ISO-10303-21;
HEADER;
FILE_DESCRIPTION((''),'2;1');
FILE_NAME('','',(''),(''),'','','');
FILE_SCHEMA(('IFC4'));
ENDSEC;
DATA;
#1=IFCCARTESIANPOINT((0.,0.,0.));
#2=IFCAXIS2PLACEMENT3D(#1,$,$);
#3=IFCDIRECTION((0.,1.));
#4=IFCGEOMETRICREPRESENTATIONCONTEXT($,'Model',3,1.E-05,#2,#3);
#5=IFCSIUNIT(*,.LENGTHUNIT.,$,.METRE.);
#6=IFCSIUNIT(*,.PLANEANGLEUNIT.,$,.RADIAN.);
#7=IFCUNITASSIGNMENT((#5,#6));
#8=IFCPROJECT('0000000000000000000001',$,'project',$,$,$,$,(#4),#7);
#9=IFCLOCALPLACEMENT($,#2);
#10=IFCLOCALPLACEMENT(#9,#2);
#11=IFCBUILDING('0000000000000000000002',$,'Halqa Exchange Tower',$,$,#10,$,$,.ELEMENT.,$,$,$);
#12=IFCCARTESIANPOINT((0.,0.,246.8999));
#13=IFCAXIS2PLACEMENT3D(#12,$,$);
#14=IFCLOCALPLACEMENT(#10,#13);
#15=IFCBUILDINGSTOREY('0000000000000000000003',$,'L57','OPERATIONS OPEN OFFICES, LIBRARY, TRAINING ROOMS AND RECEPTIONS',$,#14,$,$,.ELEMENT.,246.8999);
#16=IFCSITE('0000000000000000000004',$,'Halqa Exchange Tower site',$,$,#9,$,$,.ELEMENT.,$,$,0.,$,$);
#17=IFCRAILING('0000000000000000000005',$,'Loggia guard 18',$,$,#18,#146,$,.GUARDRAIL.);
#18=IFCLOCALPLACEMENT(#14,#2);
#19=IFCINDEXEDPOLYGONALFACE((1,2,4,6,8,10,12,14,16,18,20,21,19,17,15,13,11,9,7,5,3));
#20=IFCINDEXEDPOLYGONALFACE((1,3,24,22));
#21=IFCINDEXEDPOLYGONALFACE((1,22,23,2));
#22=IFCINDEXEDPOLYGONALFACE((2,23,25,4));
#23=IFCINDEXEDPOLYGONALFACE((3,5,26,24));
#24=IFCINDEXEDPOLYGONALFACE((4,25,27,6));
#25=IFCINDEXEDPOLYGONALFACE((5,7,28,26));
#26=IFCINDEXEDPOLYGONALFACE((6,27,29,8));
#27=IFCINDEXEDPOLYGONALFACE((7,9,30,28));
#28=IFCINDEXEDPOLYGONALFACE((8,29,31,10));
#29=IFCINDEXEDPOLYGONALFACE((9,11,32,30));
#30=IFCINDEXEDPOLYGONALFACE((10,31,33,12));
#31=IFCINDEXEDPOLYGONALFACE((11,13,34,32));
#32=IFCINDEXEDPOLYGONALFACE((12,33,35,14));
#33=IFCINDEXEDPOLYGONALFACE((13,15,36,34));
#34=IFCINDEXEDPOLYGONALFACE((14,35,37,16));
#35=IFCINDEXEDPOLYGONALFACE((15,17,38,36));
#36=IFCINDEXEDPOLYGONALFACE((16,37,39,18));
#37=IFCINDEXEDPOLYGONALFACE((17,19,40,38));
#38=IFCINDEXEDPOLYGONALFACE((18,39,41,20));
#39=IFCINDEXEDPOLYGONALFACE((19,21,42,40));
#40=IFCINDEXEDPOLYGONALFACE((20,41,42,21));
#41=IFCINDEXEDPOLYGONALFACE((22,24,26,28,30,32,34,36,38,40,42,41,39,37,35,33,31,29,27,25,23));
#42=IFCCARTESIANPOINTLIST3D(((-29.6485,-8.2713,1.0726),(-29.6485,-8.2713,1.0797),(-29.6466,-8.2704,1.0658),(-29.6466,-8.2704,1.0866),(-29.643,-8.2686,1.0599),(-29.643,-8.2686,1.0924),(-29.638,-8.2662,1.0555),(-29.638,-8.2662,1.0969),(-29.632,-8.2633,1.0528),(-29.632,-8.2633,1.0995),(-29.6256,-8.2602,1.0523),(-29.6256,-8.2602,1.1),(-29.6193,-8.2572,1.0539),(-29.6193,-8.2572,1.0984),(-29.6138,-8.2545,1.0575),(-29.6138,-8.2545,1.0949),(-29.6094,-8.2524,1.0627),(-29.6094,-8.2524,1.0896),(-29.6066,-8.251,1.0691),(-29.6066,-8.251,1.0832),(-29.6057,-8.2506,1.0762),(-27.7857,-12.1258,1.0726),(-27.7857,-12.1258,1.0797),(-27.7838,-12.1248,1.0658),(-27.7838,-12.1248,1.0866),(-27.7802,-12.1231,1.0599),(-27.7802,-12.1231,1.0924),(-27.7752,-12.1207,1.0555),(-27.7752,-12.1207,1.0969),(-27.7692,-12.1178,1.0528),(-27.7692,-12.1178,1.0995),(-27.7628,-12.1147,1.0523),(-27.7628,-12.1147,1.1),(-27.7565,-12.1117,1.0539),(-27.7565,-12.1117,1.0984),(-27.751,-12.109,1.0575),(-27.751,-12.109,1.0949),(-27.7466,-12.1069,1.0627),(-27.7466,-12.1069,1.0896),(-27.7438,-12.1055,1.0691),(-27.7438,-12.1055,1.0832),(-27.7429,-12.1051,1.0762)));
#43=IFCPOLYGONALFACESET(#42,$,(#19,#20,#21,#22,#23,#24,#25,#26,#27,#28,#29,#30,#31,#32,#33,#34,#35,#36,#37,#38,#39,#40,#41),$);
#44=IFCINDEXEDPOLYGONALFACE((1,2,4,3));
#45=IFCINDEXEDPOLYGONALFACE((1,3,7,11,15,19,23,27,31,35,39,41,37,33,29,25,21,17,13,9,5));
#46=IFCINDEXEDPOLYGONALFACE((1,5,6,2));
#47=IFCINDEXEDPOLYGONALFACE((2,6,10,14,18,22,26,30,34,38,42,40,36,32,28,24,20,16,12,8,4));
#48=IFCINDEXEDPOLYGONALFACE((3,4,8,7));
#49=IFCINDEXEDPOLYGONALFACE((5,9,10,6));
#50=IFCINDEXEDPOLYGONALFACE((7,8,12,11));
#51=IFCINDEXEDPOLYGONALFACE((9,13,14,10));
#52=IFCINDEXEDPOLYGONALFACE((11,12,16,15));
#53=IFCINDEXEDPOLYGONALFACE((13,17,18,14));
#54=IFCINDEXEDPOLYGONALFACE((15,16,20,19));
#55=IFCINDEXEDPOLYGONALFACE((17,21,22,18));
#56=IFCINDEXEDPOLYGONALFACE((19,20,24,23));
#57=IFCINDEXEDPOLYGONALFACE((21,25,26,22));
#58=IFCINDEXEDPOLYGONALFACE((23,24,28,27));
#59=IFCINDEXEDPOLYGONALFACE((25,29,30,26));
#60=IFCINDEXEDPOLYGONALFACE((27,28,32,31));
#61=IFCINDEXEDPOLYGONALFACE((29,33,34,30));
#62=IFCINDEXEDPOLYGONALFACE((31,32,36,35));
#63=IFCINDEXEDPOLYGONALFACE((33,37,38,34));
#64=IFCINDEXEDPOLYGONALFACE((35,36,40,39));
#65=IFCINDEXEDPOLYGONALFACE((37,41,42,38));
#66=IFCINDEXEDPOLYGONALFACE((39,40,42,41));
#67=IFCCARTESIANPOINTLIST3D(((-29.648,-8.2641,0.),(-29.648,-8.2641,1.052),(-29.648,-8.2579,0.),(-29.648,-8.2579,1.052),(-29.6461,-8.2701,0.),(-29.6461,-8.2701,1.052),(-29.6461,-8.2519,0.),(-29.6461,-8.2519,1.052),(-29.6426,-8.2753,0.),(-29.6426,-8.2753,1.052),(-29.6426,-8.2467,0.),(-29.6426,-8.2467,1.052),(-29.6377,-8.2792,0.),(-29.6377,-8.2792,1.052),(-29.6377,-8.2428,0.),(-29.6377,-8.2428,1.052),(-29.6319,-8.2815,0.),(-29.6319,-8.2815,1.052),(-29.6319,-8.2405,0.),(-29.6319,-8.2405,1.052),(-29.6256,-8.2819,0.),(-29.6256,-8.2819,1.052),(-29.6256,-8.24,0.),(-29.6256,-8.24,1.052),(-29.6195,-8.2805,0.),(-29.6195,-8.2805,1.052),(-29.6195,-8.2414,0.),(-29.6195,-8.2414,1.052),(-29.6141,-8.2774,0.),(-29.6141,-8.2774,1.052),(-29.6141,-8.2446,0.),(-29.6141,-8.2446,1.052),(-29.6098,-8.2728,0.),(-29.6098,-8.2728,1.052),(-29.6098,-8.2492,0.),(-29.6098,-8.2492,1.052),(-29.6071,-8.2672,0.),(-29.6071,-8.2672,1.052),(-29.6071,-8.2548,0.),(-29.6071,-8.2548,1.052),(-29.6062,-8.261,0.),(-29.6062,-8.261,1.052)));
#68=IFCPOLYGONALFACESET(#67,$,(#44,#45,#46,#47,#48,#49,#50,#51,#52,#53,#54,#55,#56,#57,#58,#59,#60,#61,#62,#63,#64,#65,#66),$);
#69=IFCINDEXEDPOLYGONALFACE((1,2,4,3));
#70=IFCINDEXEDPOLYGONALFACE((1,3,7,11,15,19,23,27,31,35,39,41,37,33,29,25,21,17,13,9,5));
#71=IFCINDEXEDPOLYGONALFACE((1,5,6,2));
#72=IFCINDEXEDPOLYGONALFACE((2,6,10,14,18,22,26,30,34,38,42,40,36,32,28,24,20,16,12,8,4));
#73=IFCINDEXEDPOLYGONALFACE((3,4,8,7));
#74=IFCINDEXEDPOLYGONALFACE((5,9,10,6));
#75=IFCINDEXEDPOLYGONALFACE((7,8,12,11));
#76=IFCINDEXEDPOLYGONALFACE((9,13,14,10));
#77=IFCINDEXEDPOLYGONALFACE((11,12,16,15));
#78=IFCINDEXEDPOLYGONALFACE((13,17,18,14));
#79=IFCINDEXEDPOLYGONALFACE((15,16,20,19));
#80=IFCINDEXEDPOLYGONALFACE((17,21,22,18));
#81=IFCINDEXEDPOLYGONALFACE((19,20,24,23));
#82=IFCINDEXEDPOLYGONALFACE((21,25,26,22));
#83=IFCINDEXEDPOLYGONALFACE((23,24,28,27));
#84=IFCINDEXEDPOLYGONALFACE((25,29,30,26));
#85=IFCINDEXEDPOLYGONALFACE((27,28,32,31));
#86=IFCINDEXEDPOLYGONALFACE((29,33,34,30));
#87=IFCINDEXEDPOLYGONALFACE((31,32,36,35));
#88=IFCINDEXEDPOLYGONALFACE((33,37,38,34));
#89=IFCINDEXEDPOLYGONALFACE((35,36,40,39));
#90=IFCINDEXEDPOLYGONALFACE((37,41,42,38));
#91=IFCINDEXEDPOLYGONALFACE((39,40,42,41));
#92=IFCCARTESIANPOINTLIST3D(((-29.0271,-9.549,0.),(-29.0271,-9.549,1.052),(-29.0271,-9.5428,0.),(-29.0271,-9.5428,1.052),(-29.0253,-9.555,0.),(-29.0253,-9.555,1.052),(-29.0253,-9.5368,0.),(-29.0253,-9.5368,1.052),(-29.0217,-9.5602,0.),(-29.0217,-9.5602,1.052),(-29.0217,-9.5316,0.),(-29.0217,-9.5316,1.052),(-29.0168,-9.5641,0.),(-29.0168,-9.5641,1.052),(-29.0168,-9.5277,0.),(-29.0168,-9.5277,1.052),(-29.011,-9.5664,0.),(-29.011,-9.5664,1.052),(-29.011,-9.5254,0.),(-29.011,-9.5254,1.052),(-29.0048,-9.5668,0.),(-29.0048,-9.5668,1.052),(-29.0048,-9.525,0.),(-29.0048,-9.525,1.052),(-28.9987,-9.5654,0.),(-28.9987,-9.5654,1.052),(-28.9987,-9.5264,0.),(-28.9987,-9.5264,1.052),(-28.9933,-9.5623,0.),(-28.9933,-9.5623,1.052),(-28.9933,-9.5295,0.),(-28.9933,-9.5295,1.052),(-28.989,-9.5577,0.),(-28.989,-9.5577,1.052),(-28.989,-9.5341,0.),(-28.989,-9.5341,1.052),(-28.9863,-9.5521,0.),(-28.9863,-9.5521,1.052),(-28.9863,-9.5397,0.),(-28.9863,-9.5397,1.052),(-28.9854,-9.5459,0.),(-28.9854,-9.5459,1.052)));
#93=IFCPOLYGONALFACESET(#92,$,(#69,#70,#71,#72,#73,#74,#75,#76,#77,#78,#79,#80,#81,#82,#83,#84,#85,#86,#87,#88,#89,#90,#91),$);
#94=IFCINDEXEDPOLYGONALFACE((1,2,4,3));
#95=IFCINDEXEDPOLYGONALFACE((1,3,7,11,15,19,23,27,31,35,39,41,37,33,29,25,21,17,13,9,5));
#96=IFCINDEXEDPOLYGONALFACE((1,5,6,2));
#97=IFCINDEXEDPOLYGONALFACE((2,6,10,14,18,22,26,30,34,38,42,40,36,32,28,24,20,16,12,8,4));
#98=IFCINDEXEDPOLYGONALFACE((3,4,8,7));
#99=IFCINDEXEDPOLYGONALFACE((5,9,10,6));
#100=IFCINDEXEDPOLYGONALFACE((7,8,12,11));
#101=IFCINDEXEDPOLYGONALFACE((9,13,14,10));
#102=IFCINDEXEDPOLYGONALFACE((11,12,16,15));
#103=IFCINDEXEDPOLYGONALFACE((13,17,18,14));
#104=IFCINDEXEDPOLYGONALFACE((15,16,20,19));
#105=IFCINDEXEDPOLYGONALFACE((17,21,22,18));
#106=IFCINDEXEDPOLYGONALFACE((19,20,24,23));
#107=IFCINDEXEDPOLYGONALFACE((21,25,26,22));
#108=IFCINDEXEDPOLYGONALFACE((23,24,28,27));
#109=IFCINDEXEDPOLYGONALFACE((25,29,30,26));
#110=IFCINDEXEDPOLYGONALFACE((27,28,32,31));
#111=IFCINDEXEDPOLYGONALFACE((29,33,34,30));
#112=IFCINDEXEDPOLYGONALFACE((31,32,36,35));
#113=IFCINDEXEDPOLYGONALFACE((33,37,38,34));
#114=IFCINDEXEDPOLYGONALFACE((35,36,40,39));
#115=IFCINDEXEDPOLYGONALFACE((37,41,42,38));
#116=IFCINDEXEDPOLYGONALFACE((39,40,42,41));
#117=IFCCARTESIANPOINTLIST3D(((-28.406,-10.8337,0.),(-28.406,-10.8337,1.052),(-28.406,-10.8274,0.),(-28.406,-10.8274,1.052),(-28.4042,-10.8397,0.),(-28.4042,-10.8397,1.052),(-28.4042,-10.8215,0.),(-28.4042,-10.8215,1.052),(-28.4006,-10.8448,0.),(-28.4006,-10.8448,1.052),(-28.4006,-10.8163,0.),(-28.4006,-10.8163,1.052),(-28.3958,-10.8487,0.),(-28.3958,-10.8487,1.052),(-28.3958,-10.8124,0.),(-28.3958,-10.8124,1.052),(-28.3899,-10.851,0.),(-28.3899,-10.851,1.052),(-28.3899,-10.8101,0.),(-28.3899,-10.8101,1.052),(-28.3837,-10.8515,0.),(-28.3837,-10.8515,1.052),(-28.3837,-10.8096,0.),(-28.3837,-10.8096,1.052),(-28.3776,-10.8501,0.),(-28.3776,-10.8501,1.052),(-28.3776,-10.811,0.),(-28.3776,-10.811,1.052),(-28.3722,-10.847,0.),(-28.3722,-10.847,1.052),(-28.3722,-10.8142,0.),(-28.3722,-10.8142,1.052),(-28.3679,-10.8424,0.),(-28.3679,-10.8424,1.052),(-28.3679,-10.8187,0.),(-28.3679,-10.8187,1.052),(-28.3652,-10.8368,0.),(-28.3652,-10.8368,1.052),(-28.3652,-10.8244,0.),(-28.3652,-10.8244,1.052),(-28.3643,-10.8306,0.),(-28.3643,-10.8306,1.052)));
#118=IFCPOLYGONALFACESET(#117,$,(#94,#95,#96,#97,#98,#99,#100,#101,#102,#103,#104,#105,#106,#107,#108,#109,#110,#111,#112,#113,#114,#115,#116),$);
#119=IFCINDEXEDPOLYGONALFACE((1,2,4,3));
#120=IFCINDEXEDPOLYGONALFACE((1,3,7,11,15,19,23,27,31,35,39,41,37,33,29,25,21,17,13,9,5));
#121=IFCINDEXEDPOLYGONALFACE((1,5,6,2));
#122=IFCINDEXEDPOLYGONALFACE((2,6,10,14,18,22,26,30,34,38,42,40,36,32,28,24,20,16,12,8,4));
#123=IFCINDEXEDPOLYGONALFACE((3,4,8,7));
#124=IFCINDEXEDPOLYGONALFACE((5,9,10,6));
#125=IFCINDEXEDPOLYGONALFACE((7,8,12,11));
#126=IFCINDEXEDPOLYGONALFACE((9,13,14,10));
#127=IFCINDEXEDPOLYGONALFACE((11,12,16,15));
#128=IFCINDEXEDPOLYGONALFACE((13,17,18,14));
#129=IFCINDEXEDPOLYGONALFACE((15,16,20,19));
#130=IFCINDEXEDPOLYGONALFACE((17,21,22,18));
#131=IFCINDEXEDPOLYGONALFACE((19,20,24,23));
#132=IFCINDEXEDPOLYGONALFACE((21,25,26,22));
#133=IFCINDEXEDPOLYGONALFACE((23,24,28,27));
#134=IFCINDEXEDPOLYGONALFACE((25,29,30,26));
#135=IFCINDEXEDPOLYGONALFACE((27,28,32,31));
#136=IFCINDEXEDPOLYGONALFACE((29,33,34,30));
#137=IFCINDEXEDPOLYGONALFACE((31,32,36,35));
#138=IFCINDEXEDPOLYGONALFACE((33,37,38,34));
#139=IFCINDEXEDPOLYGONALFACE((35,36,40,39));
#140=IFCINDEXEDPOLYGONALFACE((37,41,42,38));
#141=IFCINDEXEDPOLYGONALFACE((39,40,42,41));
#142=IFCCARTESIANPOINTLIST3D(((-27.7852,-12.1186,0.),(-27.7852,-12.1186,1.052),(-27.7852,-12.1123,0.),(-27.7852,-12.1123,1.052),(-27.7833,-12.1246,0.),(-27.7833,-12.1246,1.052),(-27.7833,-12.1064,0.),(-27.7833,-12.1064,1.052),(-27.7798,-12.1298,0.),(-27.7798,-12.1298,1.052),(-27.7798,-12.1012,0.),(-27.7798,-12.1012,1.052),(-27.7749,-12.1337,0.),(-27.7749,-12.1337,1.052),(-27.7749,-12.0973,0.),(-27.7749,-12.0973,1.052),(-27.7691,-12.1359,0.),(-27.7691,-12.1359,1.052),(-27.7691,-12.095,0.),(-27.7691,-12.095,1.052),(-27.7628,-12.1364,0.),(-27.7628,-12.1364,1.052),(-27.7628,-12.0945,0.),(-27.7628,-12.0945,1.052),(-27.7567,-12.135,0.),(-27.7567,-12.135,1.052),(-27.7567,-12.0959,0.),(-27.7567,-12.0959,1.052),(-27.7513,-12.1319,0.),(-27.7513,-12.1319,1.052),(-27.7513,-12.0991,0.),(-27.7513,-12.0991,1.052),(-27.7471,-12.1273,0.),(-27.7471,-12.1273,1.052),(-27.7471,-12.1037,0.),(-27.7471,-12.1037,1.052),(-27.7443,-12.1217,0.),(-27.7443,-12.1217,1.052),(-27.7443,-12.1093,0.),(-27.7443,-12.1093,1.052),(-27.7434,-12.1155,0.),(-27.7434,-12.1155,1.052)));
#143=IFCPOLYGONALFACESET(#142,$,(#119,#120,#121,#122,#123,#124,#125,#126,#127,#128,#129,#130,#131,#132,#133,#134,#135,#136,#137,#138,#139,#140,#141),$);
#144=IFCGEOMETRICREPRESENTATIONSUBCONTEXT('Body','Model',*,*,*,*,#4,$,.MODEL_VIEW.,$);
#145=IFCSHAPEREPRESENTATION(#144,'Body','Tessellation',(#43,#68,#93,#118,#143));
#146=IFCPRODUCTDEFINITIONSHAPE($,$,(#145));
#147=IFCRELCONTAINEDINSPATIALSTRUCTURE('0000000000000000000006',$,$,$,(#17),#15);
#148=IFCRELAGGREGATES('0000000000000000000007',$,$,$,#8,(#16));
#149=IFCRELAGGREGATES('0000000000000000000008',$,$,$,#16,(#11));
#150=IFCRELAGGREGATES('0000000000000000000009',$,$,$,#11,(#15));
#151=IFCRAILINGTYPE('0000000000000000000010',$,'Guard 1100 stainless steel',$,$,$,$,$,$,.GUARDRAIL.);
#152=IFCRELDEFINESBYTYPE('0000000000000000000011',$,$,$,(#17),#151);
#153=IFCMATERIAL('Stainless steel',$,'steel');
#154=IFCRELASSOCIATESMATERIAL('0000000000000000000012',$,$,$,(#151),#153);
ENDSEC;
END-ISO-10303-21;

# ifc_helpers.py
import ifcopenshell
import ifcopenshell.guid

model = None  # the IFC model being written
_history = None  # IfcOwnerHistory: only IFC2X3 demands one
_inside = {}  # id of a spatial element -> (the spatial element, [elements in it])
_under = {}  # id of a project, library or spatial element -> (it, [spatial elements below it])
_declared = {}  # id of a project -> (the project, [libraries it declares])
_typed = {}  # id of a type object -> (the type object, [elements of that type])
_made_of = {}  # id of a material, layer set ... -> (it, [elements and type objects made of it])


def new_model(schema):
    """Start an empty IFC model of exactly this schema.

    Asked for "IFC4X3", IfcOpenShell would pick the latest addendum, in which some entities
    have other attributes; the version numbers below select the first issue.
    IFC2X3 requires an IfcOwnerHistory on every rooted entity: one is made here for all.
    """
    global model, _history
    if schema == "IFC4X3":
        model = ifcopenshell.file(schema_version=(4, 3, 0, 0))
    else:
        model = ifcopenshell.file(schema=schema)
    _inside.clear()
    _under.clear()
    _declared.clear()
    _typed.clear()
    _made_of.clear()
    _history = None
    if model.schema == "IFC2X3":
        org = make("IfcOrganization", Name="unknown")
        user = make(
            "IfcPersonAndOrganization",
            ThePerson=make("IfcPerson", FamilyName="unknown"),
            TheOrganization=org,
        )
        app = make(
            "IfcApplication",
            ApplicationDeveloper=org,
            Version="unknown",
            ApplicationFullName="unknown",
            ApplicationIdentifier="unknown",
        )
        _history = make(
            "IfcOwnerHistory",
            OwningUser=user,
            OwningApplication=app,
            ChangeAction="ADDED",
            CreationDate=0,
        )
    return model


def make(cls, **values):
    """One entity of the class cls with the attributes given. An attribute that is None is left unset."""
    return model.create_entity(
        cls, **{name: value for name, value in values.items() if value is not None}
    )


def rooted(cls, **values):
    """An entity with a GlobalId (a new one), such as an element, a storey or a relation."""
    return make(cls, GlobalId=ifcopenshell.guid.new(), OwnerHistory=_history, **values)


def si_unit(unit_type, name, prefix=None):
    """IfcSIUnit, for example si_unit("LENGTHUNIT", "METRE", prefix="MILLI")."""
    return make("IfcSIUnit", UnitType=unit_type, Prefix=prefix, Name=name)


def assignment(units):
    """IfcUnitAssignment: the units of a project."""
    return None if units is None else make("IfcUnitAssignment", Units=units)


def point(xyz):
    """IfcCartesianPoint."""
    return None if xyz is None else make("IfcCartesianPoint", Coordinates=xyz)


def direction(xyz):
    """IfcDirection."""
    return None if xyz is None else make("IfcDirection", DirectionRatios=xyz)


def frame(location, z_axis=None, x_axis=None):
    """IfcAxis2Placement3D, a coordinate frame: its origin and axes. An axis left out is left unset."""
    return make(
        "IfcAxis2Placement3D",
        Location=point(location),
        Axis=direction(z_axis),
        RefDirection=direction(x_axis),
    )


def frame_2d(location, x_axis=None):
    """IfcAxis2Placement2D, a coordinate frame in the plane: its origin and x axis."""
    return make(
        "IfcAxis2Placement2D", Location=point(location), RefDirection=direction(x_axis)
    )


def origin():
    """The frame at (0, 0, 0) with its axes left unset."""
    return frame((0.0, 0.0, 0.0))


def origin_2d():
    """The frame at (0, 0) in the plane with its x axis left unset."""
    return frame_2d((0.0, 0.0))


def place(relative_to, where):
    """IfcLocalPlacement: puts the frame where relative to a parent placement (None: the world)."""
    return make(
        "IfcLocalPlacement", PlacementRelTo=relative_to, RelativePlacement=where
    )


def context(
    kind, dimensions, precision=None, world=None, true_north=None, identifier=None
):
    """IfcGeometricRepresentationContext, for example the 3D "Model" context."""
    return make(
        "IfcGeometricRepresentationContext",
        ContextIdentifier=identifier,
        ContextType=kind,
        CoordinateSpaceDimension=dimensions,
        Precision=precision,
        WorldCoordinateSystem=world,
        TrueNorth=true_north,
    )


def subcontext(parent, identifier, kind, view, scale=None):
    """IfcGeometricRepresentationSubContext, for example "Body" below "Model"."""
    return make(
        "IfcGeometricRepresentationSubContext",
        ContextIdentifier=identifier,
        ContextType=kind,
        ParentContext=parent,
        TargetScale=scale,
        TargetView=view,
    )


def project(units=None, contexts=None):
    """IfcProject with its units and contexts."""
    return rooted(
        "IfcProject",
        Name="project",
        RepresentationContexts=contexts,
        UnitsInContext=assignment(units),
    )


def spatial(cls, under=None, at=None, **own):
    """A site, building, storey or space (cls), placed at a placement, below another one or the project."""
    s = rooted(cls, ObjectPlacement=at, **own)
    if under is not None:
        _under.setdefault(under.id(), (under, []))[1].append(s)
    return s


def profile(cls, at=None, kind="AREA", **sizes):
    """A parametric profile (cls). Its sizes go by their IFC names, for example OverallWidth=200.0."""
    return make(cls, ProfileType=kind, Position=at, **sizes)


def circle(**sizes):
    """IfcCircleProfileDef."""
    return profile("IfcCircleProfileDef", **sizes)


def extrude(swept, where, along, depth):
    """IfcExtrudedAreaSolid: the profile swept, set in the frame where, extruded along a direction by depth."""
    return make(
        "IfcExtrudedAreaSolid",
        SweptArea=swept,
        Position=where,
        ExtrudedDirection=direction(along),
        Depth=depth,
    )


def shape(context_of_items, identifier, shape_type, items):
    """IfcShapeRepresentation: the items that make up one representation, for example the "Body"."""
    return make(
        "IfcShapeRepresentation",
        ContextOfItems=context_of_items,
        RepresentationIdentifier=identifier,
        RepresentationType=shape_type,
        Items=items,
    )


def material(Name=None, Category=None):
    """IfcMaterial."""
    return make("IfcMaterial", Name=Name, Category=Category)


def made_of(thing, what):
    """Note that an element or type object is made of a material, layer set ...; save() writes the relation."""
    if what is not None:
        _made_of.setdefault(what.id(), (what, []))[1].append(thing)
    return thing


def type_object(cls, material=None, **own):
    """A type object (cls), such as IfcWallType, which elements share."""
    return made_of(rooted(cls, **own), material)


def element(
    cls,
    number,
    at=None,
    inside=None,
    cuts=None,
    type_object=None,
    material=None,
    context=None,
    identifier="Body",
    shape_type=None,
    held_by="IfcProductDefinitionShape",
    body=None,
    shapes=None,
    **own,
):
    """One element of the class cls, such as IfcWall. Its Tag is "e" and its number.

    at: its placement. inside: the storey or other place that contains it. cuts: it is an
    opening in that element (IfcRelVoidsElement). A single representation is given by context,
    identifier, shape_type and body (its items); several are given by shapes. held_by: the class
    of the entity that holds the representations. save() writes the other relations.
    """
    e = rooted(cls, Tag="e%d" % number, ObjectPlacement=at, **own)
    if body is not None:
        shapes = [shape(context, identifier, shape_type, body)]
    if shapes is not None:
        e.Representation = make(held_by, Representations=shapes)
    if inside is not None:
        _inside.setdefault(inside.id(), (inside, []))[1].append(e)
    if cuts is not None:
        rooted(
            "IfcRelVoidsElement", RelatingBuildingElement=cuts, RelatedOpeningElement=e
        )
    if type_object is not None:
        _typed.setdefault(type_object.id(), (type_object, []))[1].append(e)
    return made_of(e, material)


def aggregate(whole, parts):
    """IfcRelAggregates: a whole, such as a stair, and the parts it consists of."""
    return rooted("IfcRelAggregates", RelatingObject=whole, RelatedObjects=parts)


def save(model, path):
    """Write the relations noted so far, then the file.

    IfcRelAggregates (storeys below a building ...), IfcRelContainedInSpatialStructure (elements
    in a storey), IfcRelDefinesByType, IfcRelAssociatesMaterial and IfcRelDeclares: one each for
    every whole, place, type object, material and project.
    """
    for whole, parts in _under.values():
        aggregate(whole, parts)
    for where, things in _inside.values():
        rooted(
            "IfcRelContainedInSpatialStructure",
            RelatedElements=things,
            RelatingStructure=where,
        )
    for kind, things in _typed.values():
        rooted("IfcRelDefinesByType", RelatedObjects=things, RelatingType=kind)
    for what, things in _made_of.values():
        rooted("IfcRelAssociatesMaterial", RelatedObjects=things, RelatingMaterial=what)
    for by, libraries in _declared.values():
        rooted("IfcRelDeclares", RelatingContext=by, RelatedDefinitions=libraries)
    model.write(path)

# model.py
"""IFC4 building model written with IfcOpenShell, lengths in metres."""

from ifc_helpers import new_model, si_unit, direction, frame, origin, origin_2d, place, context, subcontext, project, spatial, circle, extrude, material, type_object, element, save


model = new_model("IFC4")

# Units and contexts
model_context = context("Model", 3, precision=1e-05, world=origin(), true_north=direction((0.0, 1.0)))
body_context = subcontext(model_context, "Body", "Model", "MODEL_VIEW")
ifc_project = project(units=[si_unit("LENGTHUNIT", "METRE"), si_unit("PLANEANGLEUNIT", "RADIAN")], contexts=[model_context])

# Site, building, storey
site_placement = place(None, origin())
site = spatial("IfcSite", under=ifc_project, at=site_placement, Name="Halqa Exchange Tower site", CompositionType="ELEMENT", RefElevation=0.0)
building_placement = place(site_placement, origin())
building = spatial("IfcBuilding", under=site, at=building_placement, Name="Halqa Exchange Tower", CompositionType="ELEMENT")
storey_placement = place(building_placement, frame((0.0, 0.0, 246.8999)))
storey = spatial("IfcBuildingStorey", under=building, at=storey_placement, Name="L57", Description="OPERATIONS OPEN OFFICES, LIBRARY, TRAINING ROOMS AND RECEPTIONS", CompositionType="ELEMENT", Elevation=246.8999)

# Railing
ifc_material_1 = material(Name="Stainless steel", Category="steel")
railing_type = type_object("IfcRailingType", Name="Guard 1100 stainless steel", PredefinedType="GUARDRAIL", material=ifc_material_1)
railing_1_placement = place(storey_placement, frame((-29.6272, -8.261, 0.0)))
element("IfcRailing", 1, at=railing_1_placement, inside=storey, type_object=railing_type, Name="Loggia guard 18", PredefinedType="GUARDRAIL", context=body_context, shape_type="SweptSolid", body=[
    extrude(circle(Radius=0.0239, at=origin_2d()), frame((0.0, 0.0, 1.0762), z_axis=(0.435129, -0.900368, 0.0), x_axis=(0.900368, 0.435129, 0.0)), (0.0, 0.0, 1.0), 4.281),
    extrude(circle(Radius=0.021, at=origin_2d()), origin(), (0.0, 0.0, 1.0), 1.052),
    extrude(circle(Radius=0.021, at=origin_2d()), frame((0.6208, -1.2849, 0.0)), (0.0, 0.0, 1.0), 1.052),
    extrude(circle(Radius=0.021, at=origin_2d()), frame((1.2419, -2.5696, 0.0)), (0.0, 0.0, 1.0), 1.052),
    extrude(circle(Radius=0.021, at=origin_2d()), frame((1.8628, -3.8545, 0.0)), (0.0, 0.0, 1.0), 1.052),
])

save(model, "model.ifc")
